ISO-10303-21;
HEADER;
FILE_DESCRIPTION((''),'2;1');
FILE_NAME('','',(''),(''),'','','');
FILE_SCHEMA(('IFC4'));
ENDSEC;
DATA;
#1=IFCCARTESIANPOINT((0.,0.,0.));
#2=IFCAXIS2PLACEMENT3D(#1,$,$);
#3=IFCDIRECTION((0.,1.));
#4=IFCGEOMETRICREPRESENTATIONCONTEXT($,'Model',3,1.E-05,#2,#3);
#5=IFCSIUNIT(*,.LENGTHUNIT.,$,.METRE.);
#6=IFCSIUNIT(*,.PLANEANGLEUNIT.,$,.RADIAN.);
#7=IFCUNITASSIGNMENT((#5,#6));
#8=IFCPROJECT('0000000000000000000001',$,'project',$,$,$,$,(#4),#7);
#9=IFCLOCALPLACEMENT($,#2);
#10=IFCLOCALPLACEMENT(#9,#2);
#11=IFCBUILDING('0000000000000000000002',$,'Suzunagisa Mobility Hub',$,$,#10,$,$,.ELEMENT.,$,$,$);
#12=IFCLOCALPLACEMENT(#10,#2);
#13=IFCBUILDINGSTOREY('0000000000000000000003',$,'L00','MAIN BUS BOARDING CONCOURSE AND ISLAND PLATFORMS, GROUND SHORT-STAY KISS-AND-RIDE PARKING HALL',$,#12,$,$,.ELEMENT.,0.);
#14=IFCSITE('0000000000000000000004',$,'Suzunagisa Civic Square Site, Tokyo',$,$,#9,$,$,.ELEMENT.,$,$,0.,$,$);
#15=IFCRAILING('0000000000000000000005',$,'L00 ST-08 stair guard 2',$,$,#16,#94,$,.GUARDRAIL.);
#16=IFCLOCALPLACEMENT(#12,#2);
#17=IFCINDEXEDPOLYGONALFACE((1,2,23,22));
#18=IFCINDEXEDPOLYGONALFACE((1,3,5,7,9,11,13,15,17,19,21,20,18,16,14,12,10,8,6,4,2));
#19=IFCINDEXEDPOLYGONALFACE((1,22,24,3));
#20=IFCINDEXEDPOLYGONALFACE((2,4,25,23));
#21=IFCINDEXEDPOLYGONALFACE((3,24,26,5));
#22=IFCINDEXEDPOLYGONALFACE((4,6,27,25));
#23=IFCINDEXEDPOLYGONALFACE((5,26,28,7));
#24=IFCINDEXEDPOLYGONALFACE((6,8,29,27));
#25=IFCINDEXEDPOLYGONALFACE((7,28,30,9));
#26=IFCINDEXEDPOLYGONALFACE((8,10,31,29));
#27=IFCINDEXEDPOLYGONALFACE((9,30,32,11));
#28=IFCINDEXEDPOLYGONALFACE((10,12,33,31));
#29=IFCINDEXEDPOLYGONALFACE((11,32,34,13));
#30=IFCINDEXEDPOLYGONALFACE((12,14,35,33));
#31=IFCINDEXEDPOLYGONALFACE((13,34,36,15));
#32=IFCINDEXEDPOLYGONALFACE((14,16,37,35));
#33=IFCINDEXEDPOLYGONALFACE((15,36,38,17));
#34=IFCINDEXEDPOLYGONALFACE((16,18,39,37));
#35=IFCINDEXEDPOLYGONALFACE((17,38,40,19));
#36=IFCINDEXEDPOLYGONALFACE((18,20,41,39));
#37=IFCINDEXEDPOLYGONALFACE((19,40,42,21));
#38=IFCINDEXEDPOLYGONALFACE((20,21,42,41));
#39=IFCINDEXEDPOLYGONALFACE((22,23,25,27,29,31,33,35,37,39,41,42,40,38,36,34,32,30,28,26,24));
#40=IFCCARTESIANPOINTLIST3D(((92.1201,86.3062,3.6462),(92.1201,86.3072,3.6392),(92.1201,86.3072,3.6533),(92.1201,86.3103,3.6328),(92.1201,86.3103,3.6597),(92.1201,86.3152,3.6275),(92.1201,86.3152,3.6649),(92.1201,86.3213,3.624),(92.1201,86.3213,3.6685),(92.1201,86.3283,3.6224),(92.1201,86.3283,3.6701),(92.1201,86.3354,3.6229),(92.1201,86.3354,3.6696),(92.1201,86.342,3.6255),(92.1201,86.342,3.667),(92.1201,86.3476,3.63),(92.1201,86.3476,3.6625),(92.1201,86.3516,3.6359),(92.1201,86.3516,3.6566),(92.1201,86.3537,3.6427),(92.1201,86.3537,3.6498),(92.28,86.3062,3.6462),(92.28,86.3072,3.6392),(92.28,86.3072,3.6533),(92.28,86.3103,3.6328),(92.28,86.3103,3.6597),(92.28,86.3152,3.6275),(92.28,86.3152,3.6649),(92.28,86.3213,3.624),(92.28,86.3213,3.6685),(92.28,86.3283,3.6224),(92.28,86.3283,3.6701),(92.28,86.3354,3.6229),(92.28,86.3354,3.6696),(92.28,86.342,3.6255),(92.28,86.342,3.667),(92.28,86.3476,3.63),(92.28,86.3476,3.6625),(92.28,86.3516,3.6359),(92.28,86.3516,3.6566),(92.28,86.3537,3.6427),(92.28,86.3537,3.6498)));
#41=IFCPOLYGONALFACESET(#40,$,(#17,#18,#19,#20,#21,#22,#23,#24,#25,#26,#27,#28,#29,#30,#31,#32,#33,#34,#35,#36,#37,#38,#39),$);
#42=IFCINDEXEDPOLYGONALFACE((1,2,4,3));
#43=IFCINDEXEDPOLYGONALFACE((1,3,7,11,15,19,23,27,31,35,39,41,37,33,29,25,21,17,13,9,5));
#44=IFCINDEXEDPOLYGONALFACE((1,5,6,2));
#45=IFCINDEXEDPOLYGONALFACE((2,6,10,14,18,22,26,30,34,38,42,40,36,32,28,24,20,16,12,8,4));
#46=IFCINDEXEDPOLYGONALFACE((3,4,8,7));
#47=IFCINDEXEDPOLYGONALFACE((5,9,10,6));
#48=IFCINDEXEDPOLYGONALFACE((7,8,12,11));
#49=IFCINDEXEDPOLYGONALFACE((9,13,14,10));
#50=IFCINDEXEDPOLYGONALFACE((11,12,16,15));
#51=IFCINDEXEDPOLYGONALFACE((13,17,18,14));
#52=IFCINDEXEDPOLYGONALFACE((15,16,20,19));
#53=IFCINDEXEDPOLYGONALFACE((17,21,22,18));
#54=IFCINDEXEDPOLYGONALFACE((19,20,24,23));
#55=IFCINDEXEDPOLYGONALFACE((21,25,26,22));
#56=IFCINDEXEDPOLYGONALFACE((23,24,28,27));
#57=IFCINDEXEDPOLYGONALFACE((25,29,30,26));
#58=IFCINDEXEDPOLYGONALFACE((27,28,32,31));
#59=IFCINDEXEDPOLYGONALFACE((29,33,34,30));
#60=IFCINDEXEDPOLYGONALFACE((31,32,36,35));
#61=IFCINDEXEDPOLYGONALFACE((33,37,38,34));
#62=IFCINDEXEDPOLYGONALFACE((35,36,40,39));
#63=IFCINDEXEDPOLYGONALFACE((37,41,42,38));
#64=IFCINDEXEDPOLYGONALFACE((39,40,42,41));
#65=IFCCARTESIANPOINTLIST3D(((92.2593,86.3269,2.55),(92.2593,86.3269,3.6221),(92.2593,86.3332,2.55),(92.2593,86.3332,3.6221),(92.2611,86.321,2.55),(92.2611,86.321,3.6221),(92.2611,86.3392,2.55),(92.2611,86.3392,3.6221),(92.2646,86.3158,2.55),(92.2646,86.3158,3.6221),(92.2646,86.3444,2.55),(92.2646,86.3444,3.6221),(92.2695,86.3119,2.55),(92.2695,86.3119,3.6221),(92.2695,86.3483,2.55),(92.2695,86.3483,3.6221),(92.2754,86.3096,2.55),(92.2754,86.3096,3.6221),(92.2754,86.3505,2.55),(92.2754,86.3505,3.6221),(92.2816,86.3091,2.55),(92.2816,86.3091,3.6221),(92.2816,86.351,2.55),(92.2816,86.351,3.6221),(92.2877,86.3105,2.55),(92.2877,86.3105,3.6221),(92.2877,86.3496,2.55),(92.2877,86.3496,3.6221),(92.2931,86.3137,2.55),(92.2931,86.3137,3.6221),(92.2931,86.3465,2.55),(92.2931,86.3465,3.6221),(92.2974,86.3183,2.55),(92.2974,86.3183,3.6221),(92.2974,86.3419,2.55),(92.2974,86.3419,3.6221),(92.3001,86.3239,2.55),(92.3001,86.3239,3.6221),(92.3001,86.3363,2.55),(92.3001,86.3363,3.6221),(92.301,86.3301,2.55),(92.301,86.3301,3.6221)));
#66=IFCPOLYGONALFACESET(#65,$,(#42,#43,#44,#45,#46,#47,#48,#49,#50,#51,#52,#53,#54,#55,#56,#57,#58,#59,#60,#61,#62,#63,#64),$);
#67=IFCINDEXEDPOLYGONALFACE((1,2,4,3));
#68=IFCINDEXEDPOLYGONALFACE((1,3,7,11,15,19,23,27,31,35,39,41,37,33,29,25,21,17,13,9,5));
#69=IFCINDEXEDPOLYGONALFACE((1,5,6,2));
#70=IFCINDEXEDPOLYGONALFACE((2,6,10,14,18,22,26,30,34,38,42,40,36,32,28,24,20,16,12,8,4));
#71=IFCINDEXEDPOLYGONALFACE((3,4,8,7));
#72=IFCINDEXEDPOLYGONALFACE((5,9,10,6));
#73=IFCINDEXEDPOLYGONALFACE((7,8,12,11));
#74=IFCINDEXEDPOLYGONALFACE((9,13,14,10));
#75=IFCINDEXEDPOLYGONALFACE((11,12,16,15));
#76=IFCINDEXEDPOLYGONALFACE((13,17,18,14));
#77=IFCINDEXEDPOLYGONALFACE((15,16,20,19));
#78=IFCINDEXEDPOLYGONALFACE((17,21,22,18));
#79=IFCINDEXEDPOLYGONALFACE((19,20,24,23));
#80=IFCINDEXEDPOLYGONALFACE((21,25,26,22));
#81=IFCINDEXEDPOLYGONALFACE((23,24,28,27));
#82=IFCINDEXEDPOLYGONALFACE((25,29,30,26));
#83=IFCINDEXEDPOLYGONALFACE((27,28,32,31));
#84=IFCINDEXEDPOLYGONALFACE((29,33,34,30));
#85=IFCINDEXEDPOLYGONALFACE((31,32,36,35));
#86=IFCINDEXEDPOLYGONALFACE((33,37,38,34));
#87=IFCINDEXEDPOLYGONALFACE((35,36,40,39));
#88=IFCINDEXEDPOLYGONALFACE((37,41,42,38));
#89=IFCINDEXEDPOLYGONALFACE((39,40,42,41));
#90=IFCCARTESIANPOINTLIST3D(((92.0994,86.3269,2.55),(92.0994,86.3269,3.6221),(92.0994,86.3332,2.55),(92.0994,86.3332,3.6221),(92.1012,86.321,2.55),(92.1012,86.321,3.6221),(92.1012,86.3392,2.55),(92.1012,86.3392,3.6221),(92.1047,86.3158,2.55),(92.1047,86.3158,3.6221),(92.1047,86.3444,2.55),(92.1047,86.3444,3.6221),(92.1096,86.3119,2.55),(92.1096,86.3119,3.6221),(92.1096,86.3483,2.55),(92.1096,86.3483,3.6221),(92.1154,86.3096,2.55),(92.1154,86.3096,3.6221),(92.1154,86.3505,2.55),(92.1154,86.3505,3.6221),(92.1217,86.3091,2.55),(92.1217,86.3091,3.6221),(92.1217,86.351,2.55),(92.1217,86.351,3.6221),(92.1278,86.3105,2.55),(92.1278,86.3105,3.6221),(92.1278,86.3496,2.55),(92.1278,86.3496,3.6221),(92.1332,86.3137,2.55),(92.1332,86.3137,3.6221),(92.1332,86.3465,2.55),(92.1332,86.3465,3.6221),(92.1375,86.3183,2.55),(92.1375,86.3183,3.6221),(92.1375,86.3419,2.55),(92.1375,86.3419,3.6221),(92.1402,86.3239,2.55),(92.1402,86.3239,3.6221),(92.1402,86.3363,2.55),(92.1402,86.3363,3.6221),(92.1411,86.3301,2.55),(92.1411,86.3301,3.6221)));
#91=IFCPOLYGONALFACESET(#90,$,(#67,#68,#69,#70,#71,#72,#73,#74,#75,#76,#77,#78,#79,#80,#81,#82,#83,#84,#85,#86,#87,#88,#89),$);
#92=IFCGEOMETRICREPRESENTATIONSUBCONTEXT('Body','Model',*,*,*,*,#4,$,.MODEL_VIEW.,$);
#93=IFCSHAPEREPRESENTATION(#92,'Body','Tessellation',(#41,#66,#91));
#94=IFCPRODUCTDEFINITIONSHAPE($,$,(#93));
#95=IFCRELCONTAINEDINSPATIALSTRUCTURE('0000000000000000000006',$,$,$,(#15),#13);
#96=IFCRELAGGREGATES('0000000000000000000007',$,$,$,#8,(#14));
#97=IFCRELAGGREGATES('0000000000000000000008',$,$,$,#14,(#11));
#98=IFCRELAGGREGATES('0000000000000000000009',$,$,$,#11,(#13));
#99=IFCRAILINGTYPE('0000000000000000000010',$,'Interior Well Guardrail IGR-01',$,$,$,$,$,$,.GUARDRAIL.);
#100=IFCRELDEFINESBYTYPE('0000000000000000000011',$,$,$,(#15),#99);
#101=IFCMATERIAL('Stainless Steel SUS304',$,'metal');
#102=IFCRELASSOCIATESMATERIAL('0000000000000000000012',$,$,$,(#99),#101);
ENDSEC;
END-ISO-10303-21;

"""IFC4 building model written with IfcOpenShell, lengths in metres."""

from ifc_helpers import new_model, si_unit, direction, frame, origin, origin_2d, place, context, subcontext, project, spatial, circle, extrude, material, type_object, element, save


model = new_model("IFC4")

# Units and contexts
model_context = context("Model", 3, precision=1e-05, world=origin(), true_north=direction((0.0, 1.0)))
body_context = subcontext(model_context, "Body", "Model", "MODEL_VIEW")
ifc_project = project(units=[si_unit("LENGTHUNIT", "METRE"), si_unit("PLANEANGLEUNIT", "RADIAN")], contexts=[model_context])

# Site, building, storey
site_placement = place(None, origin())
site = spatial("IfcSite", under=ifc_project, at=site_placement, Name="Suzunagisa Civic Square Site, Tokyo", CompositionType="ELEMENT", RefElevation=0.0)
building_placement = place(site_placement, origin())
building = spatial("IfcBuilding", under=site, at=building_placement, Name="Suzunagisa Mobility Hub", CompositionType="ELEMENT")
storey_placement = place(building_placement, origin())
storey = spatial("IfcBuildingStorey", under=building, at=storey_placement, Name="L00", Description="MAIN BUS BOARDING CONCOURSE AND ISLAND PLATFORMS, GROUND SHORT-STAY KISS-AND-RIDE PARKING HALL", CompositionType="ELEMENT", Elevation=0.0)

# Railing
ifc_material_1 = material(Name="Stainless Steel SUS304", Category="metal")
railing_type_1 = type_object("IfcRailingType", Name="Interior Well Guardrail IGR-01", PredefinedType="GUARDRAIL", material=ifc_material_1)
railing_1_placement = place(storey_placement, frame((92.28, 86.3301, 2.55)))
element("IfcRailing", 1, at=railing_1_placement, inside=storey, type_object=railing_type_1, Name="L00 ST-08 stair guard 2", PredefinedType="GUARDRAIL", context=body_context, shape_type="SweptSolid", body=[
    extrude(circle(Radius=0.0239, at=origin_2d()), frame((0.0, 0.0, 1.0962), z_axis=(-1.0, 0.0, 0.0), x_axis=(0.0, -1.0, 0.0)), (0.0, 0.0, 1.0), 0.1599),
    extrude(circle(Radius=0.021, at=origin_2d()), origin(), (0.0, 0.0, 1.0), 1.072),
    extrude(circle(Radius=0.021, at=origin_2d()), frame((-0.1599, 0.0, 0.0)), (0.0, 0.0, 1.0), 1.072),
])

save(model, "model.ifc")
